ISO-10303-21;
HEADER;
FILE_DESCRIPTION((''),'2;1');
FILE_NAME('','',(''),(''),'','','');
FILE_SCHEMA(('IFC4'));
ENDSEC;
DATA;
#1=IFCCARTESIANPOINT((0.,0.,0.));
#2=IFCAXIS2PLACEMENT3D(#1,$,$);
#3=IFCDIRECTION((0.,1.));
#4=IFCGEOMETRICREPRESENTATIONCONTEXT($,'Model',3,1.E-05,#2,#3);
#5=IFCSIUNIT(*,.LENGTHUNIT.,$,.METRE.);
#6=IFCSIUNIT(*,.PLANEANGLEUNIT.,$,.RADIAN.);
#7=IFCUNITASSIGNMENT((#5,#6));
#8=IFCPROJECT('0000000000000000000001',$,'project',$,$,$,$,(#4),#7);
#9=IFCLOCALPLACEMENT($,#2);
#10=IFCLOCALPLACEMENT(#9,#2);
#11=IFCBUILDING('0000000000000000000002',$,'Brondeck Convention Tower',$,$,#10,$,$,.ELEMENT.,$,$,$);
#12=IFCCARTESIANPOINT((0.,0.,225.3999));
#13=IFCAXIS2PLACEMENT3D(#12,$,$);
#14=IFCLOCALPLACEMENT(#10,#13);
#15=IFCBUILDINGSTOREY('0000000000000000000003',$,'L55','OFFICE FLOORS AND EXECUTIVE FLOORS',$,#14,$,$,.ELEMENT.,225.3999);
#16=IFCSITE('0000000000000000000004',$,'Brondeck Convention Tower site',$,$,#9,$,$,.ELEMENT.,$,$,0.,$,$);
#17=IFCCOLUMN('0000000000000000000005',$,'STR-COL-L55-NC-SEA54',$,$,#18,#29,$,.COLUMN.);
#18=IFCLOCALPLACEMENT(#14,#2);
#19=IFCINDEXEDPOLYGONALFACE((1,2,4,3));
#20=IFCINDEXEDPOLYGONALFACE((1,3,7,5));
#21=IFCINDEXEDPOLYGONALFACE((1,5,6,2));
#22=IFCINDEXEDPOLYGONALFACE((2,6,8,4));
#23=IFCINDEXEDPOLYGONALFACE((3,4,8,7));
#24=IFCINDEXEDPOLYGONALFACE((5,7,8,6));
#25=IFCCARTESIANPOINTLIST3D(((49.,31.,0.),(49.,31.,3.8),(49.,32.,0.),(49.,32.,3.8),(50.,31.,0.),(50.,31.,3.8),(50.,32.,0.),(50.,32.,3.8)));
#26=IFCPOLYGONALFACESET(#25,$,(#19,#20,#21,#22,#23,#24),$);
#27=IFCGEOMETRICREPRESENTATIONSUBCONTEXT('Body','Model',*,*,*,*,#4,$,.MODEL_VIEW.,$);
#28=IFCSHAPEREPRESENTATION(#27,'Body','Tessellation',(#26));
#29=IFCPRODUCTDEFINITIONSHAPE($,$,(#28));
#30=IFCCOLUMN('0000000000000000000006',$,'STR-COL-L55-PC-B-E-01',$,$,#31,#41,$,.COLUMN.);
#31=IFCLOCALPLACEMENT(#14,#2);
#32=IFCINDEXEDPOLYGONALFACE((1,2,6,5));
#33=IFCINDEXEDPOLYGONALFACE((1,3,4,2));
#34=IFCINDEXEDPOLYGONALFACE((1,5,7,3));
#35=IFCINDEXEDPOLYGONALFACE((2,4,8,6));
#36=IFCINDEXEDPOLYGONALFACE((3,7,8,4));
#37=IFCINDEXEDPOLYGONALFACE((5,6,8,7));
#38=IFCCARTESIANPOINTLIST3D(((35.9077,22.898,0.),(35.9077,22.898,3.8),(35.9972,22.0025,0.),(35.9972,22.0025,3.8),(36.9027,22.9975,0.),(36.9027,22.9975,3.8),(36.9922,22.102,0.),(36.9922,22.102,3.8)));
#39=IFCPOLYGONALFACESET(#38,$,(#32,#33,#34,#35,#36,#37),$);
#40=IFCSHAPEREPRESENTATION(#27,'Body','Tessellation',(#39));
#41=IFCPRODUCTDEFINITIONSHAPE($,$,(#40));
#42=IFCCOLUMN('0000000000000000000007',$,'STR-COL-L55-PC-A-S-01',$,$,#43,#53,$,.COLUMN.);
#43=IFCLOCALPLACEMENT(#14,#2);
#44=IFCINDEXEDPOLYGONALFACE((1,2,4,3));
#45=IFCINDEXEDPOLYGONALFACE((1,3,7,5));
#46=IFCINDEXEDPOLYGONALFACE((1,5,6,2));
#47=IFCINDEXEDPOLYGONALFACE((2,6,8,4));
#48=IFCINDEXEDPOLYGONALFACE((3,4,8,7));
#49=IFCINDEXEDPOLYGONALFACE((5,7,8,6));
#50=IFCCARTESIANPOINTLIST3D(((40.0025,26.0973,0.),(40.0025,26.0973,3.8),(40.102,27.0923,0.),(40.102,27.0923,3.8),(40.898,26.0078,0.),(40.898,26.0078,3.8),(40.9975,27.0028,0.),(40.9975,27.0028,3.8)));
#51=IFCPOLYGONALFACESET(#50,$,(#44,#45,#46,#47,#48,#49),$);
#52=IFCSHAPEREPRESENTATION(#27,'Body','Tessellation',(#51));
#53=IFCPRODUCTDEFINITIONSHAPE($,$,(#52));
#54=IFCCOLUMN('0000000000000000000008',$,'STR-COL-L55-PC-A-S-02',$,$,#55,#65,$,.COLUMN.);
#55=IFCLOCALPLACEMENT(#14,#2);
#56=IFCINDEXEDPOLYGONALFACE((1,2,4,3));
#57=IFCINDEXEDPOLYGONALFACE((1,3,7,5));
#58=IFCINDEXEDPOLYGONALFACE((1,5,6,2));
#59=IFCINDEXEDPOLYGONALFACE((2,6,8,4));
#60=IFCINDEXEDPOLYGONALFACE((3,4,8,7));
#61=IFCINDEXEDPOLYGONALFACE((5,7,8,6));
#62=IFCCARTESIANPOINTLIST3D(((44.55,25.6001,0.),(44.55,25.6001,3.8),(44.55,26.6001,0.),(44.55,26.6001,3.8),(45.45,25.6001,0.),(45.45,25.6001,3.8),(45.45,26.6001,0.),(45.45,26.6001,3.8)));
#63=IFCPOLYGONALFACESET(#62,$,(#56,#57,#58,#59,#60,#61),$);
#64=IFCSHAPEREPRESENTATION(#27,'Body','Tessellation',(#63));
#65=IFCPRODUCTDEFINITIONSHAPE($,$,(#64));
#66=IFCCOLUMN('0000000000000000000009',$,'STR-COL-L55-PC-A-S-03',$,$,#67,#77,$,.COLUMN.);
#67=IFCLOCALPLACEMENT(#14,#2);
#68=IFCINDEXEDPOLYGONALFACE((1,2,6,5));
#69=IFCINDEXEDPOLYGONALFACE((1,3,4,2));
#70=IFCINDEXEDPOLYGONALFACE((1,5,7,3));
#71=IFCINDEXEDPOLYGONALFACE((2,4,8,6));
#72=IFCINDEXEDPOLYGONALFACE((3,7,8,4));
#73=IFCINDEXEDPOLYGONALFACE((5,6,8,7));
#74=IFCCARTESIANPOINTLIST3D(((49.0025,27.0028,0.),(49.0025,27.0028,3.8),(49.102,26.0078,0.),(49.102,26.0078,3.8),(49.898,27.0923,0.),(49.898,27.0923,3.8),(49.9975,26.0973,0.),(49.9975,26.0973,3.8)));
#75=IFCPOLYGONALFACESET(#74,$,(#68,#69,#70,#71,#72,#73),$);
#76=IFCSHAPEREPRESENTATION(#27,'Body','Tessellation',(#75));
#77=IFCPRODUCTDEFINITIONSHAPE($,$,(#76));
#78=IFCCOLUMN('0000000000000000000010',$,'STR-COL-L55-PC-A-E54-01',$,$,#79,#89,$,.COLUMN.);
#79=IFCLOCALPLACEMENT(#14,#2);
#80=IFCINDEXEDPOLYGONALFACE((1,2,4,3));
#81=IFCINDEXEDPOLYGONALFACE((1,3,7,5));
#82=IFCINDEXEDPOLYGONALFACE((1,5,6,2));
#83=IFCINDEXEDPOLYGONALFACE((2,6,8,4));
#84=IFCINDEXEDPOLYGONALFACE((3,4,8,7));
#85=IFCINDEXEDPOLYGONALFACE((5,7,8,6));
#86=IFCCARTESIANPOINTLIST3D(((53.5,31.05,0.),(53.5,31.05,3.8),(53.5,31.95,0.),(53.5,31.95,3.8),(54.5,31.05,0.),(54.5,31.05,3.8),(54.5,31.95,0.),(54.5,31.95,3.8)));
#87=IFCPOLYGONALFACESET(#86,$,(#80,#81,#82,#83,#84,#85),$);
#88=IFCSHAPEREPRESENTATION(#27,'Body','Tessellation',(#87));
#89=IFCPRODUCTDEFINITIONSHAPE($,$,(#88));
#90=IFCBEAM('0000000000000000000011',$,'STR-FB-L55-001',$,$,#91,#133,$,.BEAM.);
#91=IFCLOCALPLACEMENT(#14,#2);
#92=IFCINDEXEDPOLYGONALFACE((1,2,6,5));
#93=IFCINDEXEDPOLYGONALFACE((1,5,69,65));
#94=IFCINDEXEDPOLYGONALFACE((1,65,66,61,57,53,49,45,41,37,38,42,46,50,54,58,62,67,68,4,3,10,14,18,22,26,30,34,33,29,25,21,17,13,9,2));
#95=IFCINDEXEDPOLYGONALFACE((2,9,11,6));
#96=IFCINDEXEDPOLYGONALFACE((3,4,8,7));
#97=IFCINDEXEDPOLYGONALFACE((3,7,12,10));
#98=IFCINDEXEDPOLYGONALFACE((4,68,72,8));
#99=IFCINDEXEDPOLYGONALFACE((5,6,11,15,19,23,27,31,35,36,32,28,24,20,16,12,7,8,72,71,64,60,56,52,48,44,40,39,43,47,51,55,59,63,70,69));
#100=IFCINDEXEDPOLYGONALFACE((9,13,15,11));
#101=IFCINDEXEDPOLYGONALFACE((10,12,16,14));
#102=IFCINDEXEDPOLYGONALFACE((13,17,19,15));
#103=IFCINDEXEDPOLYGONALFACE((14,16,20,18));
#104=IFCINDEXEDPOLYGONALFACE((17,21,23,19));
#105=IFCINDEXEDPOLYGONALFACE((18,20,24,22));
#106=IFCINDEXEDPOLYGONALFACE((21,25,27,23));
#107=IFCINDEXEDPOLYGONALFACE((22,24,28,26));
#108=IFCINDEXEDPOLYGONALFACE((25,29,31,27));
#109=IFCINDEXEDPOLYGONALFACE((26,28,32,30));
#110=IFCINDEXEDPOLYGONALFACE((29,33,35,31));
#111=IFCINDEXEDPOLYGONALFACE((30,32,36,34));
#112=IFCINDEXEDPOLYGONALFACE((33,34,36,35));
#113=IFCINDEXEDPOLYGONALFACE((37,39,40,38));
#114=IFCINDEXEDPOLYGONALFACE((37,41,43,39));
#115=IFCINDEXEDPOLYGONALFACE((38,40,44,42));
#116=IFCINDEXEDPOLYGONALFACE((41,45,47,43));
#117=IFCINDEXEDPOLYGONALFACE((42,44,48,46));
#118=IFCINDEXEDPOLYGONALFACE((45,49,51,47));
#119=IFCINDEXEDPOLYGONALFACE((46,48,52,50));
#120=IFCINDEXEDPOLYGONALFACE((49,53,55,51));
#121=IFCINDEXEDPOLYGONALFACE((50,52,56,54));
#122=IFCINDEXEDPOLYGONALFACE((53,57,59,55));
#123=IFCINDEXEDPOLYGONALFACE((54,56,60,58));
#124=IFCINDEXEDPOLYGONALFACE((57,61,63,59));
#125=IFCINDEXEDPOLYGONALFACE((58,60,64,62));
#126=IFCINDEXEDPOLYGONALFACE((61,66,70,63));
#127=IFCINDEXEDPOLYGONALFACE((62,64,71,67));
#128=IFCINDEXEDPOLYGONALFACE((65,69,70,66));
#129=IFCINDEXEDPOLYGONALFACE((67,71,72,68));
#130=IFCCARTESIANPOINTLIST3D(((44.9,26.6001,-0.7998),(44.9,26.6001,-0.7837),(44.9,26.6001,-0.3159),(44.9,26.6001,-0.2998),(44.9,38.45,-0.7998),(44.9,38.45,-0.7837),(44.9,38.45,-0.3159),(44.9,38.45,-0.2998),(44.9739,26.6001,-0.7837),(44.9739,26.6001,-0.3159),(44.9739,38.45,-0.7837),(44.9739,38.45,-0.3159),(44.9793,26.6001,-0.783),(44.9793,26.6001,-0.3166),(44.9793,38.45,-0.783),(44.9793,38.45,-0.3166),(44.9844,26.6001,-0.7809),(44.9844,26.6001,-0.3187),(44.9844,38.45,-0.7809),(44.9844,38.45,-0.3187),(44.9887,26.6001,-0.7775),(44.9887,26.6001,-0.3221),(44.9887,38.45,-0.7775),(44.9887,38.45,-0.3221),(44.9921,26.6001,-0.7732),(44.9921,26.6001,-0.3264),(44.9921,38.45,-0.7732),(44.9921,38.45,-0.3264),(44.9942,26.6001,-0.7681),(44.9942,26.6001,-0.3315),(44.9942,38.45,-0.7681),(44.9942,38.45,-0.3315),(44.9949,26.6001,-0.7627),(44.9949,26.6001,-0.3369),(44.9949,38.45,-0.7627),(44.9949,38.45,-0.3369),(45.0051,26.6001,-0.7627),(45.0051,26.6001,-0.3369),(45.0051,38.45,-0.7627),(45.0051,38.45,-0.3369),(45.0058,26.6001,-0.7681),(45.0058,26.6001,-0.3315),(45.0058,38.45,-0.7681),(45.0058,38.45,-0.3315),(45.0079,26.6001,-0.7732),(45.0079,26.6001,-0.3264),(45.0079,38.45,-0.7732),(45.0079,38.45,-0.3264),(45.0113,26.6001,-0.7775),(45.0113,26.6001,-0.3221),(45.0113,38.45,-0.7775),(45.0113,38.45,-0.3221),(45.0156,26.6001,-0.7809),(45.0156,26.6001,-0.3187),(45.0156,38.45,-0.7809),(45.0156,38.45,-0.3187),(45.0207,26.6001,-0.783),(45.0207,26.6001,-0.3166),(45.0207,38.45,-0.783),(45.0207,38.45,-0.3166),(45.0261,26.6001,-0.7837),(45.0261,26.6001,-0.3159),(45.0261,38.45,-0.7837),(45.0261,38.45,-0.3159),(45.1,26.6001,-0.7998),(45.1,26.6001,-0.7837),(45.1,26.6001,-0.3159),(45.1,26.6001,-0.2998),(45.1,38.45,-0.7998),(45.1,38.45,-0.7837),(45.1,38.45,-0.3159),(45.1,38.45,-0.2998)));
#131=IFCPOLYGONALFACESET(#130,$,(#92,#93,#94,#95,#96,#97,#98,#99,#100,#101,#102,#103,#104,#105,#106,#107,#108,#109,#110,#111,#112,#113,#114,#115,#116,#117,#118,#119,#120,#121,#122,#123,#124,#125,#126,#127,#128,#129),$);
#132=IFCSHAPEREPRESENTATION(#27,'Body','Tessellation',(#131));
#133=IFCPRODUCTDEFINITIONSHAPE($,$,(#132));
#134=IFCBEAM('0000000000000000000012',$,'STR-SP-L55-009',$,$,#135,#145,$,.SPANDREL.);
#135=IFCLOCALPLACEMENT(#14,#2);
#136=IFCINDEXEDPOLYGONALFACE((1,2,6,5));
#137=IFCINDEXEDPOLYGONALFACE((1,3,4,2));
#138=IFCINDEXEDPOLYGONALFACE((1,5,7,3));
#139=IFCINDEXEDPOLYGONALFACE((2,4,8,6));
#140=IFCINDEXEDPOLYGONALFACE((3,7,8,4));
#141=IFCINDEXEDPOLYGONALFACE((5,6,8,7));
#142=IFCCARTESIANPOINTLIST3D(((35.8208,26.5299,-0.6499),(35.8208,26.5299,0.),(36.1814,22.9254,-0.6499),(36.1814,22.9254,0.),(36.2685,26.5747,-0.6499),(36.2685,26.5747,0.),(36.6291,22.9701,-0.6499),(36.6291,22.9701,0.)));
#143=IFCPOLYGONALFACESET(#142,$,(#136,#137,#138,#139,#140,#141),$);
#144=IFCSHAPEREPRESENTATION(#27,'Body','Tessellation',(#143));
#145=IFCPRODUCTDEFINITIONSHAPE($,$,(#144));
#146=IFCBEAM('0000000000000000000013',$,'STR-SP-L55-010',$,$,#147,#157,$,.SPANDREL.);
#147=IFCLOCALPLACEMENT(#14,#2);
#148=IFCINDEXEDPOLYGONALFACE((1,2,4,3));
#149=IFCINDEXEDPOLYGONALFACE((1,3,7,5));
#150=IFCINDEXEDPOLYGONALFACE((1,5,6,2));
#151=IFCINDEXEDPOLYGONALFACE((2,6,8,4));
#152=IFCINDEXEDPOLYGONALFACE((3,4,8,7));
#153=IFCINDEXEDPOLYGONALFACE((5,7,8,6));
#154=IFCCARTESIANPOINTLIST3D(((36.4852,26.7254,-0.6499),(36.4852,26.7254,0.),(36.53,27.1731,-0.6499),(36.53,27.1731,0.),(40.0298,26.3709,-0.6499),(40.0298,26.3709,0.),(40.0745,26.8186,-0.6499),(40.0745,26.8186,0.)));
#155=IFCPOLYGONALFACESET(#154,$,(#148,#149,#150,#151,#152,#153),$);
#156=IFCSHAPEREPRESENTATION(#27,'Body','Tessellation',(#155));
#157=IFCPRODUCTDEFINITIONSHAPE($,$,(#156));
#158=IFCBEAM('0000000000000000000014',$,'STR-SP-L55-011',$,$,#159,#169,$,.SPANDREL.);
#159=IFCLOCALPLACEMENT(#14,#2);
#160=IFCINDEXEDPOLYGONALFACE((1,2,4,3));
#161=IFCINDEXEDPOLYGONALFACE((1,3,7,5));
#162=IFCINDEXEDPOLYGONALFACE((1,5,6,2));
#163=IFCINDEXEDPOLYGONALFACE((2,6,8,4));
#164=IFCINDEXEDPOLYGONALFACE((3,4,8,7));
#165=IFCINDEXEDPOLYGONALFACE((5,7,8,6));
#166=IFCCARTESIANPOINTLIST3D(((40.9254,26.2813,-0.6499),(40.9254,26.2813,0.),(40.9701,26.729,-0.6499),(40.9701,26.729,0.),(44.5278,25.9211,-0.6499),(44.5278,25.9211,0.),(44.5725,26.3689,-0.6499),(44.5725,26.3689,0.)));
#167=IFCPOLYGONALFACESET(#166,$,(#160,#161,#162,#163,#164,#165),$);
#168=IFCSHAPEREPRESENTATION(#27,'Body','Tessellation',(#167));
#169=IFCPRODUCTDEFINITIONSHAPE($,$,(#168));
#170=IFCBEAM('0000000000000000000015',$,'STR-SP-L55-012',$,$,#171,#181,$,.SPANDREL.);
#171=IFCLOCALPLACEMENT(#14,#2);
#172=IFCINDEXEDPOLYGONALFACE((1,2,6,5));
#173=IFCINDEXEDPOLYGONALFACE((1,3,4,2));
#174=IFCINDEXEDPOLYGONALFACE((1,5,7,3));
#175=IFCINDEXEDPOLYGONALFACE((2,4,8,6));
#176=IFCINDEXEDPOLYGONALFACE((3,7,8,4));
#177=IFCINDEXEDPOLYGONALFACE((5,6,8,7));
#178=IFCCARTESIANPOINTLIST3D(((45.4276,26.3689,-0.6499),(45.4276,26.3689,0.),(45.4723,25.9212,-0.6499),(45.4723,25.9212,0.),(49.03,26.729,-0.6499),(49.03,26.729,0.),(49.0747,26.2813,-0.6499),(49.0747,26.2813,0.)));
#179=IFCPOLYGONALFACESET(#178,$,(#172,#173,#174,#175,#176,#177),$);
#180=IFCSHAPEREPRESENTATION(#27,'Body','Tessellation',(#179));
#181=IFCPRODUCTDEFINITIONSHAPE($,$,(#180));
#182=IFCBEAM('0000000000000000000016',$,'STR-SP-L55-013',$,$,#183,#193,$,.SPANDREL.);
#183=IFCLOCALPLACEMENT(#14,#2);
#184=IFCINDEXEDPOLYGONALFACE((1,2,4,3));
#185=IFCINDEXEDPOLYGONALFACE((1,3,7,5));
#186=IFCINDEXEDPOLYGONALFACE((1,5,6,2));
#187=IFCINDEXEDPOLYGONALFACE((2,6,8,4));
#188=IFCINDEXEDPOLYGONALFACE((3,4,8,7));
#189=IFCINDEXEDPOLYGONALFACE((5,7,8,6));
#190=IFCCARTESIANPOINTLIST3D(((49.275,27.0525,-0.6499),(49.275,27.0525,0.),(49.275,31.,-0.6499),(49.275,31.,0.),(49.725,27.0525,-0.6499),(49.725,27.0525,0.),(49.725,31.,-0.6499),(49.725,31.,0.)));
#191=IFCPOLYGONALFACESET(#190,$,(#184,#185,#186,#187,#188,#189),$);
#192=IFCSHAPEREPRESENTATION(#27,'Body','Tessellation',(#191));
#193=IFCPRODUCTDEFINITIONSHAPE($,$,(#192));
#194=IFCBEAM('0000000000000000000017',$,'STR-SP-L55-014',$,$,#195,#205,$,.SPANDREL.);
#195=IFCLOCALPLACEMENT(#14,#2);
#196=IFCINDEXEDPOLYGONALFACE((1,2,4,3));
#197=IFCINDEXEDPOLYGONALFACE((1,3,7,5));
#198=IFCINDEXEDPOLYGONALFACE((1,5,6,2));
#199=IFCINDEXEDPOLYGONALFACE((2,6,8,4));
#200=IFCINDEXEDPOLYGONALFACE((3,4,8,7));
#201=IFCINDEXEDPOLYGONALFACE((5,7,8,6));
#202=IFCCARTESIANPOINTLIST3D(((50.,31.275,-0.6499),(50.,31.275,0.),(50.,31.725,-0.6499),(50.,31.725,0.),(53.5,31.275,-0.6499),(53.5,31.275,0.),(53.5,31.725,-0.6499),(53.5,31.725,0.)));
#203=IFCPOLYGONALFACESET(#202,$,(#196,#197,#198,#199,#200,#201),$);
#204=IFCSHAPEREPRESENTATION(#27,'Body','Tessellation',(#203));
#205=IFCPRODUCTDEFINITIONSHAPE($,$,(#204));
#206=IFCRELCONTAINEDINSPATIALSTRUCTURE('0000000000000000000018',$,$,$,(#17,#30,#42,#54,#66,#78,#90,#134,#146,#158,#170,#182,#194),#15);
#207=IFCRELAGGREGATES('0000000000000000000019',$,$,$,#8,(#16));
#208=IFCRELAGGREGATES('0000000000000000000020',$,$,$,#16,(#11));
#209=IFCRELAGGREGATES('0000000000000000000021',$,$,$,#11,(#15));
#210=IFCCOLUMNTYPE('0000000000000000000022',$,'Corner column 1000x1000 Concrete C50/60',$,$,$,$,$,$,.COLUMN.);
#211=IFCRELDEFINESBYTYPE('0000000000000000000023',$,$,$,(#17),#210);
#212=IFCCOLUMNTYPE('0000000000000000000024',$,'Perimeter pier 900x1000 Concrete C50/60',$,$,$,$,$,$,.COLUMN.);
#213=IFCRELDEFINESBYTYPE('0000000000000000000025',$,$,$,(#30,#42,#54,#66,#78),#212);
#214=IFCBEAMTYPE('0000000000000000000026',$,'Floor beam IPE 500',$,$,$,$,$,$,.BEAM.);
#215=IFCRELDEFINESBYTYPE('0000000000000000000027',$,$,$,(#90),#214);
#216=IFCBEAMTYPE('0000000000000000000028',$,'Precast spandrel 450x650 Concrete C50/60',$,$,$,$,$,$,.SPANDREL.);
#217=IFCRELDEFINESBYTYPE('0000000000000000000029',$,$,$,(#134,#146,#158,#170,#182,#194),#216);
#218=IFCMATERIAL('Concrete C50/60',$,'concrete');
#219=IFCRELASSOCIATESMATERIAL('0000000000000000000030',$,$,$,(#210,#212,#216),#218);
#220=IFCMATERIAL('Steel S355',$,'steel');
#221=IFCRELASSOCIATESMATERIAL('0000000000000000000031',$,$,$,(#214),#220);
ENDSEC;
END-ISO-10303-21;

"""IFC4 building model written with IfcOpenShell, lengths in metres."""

from ifc_helpers import new_model, si_unit, direction, frame, origin, origin_2d, place, context, subcontext, project, spatial, rectangle, i_section, extrude, material, material_profile, profile_set, type_object, element, save


model = new_model("IFC4")

# Units and contexts
model_context = context("Model", 3, precision=1e-05, world=origin(), true_north=direction((0.0, 1.0)))
body_context = subcontext(model_context, "Body", "Model", "MODEL_VIEW")
ifc_project = project(units=[si_unit("LENGTHUNIT", "METRE"), si_unit("PLANEANGLEUNIT", "RADIAN")], contexts=[model_context])

# Site, building, storey
site_placement = place(None, origin())
site = spatial("IfcSite", under=ifc_project, at=site_placement, Name="Brondeck Convention Tower site", CompositionType="ELEMENT", RefElevation=0.0)
building_placement = place(site_placement, origin())
building = spatial("IfcBuilding", under=site, at=building_placement, Name="Brondeck Convention Tower", CompositionType="ELEMENT")
storey_placement = place(building_placement, frame((0.0, 0.0, 225.3999)))
storey = spatial("IfcBuildingStorey", under=building, at=storey_placement, Name="L55", Description="OFFICE FLOORS AND EXECUTIVE FLOORS", CompositionType="ELEMENT", Elevation=225.3999)

# Columns
ifc_material_1 = material(Name="Concrete C50/60", Category="concrete")
ifc_material_profile_1 = material_profile(ifc_material_1, rectangle(XDim=1.0, YDim=1.0, at=origin_2d()), Name="Corner column 1000x1000 Concrete C50/60")
ifc_profile_set_1 = profile_set([ifc_material_profile_1], Name="Concrete C50/60")
column_type_1 = type_object("IfcColumnType", Name="Corner column 1000x1000 Concrete C50/60", PredefinedType="COLUMN", material=ifc_profile_set_1)
column_placement = place(storey_placement, frame((49.5, 31.5, 0.0), z_axis=(0.0, 0.0, 1.0), x_axis=(1.0, 0.0, 0.0)))
element("IfcColumn", 1, at=column_placement, inside=storey, type_object=column_type_1, Name="STR-COL-L55-NC-SEA54", PredefinedType="COLUMN", context=body_context, shape_type="SweptSolid", body=[
    extrude(rectangle(XDim=1.0, YDim=1.0, at=origin_2d()), origin(), (0.0, 0.0, 1.0), 3.8),
])
ifc_material_profile_2 = material_profile(ifc_material_1, rectangle(XDim=0.8999, YDim=1.0, at=origin_2d()), Name="Perimeter pier 900x1000 Concrete C50/60")
ifc_profile_set_2 = profile_set([ifc_material_profile_2], Name="Concrete C50/60")
column_type_2 = type_object("IfcColumnType", Name="Perimeter pier 900x1000 Concrete C50/60", PredefinedType="COLUMN", material=ifc_profile_set_2)
for number, where, z_axis, x_axis, name in (
    (2, (36.45, 22.5, 0.0), (0.0, 0.0, 1.0), (-0.099504, 0.995037, 0.0), "STR-COL-L55-PC-B-E-01"),
    (3, (40.5, 26.55, 0.0), (0.0, 0.0, 1.0), (0.995037, -0.099504, 0.0), "STR-COL-L55-PC-A-S-01"),
    (4, (45.0, 26.1001, 0.0), (0.0, 0.0, 1.0), (1.0, 0.0, 0.0), "STR-COL-L55-PC-A-S-02"),
    (5, (49.5, 26.55, 0.0), (0.0, 0.0, 1.0), (0.995037, 0.099504, 0.0), "STR-COL-L55-PC-A-S-03"),
    (6, (54.0, 31.5, 0.0), (0.0, 0.0, 1.0), (0.0, 1.0, 0.0), "STR-COL-L55-PC-A-E54-01"),
):
    element("IfcColumn", number, at=place(storey_placement, frame(where, z_axis=z_axis, x_axis=x_axis)), inside=storey, type_object=column_type_2, Name=name, PredefinedType="COLUMN", context=body_context, shape_type="SweptSolid", body=[
        extrude(rectangle(XDim=0.8999, YDim=1.0, at=origin_2d()), origin(), (0.0, 0.0, 1.0), 3.8),
    ])

# Beams
ifc_material_2 = material(Name="Steel S355", Category="steel")
ifc_material_profile_3 = material_profile(ifc_material_2, i_section(OverallWidth=0.2, OverallDepth=0.5, WebThickness=0.0103, FlangeThickness=0.0161, FilletRadius=0.021, at=origin_2d()), Name="IPE 500")
ifc_profile_set_3 = profile_set([ifc_material_profile_3], Name="Steel S355")
beam_type_1 = type_object("IfcBeamType", Name="Floor beam IPE 500", PredefinedType="BEAM", material=ifc_profile_set_3)
beam_1_placement = place(storey_placement, frame((45.0, 26.6001, -0.5498), z_axis=(0.0, 1.0, 0.0), x_axis=(-1.0, 0.0, 0.0)))
element("IfcBeam", 7, at=beam_1_placement, inside=storey, type_object=beam_type_1, Name="STR-FB-L55-001", PredefinedType="BEAM", context=body_context, shape_type="SweptSolid", body=[
    extrude(i_section(OverallWidth=0.2, OverallDepth=0.5, WebThickness=0.0103, FlangeThickness=0.0161, FilletRadius=0.021, at=origin_2d()), origin(), (0.0, 0.0, 1.0), 11.8499),
])
ifc_material_profile_4 = material_profile(ifc_material_1, rectangle(XDim=0.45, YDim=0.6499, at=origin_2d()), Name="Precast spandrel 450x650 Concrete C50/60")
ifc_profile_set_4 = profile_set([ifc_material_profile_4], Name="Concrete C50/60")
beam_type_2 = type_object("IfcBeamType", Name="Precast spandrel 450x650 Concrete C50/60", PredefinedType="SPANDREL", material=ifc_profile_set_4)
beam_2_placement = place(storey_placement, frame((36.4053, 22.9478, -0.325), z_axis=(-0.099544, 0.995033, 0.0), x_axis=(-0.995033, -0.099544, 0.0)))
element("IfcBeam", 8, at=beam_2_placement, inside=storey, type_object=beam_type_2, Name="STR-SP-L55-009", PredefinedType="SPANDREL", context=body_context, shape_type="SweptSolid", body=[
    extrude(rectangle(XDim=0.45, YDim=0.6499, at=origin_2d()), origin(), (0.0, 0.0, 1.0), 3.6226),
])
beam_3_placement = place(storey_placement, frame((36.5076, 26.9492, -0.325), z_axis=(0.995037, -0.099511, 0.0), x_axis=(0.099511, 0.995037, 0.0)))
element("IfcBeam", 9, at=beam_3_placement, inside=storey, type_object=beam_type_2, Name="STR-SP-L55-010", PredefinedType="SPANDREL", context=body_context, shape_type="SweptSolid", body=[
    extrude(rectangle(XDim=0.45, YDim=0.6499, at=origin_2d()), origin(), (0.0, 0.0, 1.0), 3.5623),
])
for number, where, z_axis, x_axis, name in (
    (10, (40.9478, 26.5051, -0.325), (0.995041, -0.09947, 0.0), (0.09947, 0.995041, 0.0), "STR-SP-L55-011"),
    (11, (45.45, 26.145, -0.325), (0.995041, 0.09947, 0.0), (-0.09947, 0.995041, 0.0), "STR-SP-L55-012"),
):
    element("IfcBeam", number, at=place(storey_placement, frame(where, z_axis=z_axis, x_axis=x_axis)), inside=storey, type_object=beam_type_2, Name=name, PredefinedType="SPANDREL", context=body_context, shape_type="SweptSolid", body=[
        extrude(rectangle(XDim=0.45, YDim=0.6499, at=origin_2d()), origin(), (0.0, 0.0, 1.0), 3.6204),
    ])
beam_4_placement = place(storey_placement, frame((49.5, 27.0525, -0.325), z_axis=(0.0, 1.0, 0.0), x_axis=(-1.0, 0.0, 0.0)))
element("IfcBeam", 12, at=beam_4_placement, inside=storey, type_object=beam_type_2, Name="STR-SP-L55-013", PredefinedType="SPANDREL", context=body_context, shape_type="SweptSolid", body=[
    extrude(rectangle(XDim=0.45, YDim=0.6499, at=origin_2d()), origin(), (0.0, 0.0, 1.0), 3.9475),
])
beam_5_placement = place(storey_placement, frame((50.0, 31.5, -0.325), z_axis=(1.0, 0.0, 0.0), x_axis=(0.0, 1.0, 0.0)))
element("IfcBeam", 13, at=beam_5_placement, inside=storey, type_object=beam_type_2, Name="STR-SP-L55-014", PredefinedType="SPANDREL", context=body_context, shape_type="SweptSolid", body=[
    extrude(rectangle(XDim=0.45, YDim=0.6499, at=origin_2d()), origin(), (0.0, 0.0, 1.0), 3.5),
])

save(model, "model.ifc")
